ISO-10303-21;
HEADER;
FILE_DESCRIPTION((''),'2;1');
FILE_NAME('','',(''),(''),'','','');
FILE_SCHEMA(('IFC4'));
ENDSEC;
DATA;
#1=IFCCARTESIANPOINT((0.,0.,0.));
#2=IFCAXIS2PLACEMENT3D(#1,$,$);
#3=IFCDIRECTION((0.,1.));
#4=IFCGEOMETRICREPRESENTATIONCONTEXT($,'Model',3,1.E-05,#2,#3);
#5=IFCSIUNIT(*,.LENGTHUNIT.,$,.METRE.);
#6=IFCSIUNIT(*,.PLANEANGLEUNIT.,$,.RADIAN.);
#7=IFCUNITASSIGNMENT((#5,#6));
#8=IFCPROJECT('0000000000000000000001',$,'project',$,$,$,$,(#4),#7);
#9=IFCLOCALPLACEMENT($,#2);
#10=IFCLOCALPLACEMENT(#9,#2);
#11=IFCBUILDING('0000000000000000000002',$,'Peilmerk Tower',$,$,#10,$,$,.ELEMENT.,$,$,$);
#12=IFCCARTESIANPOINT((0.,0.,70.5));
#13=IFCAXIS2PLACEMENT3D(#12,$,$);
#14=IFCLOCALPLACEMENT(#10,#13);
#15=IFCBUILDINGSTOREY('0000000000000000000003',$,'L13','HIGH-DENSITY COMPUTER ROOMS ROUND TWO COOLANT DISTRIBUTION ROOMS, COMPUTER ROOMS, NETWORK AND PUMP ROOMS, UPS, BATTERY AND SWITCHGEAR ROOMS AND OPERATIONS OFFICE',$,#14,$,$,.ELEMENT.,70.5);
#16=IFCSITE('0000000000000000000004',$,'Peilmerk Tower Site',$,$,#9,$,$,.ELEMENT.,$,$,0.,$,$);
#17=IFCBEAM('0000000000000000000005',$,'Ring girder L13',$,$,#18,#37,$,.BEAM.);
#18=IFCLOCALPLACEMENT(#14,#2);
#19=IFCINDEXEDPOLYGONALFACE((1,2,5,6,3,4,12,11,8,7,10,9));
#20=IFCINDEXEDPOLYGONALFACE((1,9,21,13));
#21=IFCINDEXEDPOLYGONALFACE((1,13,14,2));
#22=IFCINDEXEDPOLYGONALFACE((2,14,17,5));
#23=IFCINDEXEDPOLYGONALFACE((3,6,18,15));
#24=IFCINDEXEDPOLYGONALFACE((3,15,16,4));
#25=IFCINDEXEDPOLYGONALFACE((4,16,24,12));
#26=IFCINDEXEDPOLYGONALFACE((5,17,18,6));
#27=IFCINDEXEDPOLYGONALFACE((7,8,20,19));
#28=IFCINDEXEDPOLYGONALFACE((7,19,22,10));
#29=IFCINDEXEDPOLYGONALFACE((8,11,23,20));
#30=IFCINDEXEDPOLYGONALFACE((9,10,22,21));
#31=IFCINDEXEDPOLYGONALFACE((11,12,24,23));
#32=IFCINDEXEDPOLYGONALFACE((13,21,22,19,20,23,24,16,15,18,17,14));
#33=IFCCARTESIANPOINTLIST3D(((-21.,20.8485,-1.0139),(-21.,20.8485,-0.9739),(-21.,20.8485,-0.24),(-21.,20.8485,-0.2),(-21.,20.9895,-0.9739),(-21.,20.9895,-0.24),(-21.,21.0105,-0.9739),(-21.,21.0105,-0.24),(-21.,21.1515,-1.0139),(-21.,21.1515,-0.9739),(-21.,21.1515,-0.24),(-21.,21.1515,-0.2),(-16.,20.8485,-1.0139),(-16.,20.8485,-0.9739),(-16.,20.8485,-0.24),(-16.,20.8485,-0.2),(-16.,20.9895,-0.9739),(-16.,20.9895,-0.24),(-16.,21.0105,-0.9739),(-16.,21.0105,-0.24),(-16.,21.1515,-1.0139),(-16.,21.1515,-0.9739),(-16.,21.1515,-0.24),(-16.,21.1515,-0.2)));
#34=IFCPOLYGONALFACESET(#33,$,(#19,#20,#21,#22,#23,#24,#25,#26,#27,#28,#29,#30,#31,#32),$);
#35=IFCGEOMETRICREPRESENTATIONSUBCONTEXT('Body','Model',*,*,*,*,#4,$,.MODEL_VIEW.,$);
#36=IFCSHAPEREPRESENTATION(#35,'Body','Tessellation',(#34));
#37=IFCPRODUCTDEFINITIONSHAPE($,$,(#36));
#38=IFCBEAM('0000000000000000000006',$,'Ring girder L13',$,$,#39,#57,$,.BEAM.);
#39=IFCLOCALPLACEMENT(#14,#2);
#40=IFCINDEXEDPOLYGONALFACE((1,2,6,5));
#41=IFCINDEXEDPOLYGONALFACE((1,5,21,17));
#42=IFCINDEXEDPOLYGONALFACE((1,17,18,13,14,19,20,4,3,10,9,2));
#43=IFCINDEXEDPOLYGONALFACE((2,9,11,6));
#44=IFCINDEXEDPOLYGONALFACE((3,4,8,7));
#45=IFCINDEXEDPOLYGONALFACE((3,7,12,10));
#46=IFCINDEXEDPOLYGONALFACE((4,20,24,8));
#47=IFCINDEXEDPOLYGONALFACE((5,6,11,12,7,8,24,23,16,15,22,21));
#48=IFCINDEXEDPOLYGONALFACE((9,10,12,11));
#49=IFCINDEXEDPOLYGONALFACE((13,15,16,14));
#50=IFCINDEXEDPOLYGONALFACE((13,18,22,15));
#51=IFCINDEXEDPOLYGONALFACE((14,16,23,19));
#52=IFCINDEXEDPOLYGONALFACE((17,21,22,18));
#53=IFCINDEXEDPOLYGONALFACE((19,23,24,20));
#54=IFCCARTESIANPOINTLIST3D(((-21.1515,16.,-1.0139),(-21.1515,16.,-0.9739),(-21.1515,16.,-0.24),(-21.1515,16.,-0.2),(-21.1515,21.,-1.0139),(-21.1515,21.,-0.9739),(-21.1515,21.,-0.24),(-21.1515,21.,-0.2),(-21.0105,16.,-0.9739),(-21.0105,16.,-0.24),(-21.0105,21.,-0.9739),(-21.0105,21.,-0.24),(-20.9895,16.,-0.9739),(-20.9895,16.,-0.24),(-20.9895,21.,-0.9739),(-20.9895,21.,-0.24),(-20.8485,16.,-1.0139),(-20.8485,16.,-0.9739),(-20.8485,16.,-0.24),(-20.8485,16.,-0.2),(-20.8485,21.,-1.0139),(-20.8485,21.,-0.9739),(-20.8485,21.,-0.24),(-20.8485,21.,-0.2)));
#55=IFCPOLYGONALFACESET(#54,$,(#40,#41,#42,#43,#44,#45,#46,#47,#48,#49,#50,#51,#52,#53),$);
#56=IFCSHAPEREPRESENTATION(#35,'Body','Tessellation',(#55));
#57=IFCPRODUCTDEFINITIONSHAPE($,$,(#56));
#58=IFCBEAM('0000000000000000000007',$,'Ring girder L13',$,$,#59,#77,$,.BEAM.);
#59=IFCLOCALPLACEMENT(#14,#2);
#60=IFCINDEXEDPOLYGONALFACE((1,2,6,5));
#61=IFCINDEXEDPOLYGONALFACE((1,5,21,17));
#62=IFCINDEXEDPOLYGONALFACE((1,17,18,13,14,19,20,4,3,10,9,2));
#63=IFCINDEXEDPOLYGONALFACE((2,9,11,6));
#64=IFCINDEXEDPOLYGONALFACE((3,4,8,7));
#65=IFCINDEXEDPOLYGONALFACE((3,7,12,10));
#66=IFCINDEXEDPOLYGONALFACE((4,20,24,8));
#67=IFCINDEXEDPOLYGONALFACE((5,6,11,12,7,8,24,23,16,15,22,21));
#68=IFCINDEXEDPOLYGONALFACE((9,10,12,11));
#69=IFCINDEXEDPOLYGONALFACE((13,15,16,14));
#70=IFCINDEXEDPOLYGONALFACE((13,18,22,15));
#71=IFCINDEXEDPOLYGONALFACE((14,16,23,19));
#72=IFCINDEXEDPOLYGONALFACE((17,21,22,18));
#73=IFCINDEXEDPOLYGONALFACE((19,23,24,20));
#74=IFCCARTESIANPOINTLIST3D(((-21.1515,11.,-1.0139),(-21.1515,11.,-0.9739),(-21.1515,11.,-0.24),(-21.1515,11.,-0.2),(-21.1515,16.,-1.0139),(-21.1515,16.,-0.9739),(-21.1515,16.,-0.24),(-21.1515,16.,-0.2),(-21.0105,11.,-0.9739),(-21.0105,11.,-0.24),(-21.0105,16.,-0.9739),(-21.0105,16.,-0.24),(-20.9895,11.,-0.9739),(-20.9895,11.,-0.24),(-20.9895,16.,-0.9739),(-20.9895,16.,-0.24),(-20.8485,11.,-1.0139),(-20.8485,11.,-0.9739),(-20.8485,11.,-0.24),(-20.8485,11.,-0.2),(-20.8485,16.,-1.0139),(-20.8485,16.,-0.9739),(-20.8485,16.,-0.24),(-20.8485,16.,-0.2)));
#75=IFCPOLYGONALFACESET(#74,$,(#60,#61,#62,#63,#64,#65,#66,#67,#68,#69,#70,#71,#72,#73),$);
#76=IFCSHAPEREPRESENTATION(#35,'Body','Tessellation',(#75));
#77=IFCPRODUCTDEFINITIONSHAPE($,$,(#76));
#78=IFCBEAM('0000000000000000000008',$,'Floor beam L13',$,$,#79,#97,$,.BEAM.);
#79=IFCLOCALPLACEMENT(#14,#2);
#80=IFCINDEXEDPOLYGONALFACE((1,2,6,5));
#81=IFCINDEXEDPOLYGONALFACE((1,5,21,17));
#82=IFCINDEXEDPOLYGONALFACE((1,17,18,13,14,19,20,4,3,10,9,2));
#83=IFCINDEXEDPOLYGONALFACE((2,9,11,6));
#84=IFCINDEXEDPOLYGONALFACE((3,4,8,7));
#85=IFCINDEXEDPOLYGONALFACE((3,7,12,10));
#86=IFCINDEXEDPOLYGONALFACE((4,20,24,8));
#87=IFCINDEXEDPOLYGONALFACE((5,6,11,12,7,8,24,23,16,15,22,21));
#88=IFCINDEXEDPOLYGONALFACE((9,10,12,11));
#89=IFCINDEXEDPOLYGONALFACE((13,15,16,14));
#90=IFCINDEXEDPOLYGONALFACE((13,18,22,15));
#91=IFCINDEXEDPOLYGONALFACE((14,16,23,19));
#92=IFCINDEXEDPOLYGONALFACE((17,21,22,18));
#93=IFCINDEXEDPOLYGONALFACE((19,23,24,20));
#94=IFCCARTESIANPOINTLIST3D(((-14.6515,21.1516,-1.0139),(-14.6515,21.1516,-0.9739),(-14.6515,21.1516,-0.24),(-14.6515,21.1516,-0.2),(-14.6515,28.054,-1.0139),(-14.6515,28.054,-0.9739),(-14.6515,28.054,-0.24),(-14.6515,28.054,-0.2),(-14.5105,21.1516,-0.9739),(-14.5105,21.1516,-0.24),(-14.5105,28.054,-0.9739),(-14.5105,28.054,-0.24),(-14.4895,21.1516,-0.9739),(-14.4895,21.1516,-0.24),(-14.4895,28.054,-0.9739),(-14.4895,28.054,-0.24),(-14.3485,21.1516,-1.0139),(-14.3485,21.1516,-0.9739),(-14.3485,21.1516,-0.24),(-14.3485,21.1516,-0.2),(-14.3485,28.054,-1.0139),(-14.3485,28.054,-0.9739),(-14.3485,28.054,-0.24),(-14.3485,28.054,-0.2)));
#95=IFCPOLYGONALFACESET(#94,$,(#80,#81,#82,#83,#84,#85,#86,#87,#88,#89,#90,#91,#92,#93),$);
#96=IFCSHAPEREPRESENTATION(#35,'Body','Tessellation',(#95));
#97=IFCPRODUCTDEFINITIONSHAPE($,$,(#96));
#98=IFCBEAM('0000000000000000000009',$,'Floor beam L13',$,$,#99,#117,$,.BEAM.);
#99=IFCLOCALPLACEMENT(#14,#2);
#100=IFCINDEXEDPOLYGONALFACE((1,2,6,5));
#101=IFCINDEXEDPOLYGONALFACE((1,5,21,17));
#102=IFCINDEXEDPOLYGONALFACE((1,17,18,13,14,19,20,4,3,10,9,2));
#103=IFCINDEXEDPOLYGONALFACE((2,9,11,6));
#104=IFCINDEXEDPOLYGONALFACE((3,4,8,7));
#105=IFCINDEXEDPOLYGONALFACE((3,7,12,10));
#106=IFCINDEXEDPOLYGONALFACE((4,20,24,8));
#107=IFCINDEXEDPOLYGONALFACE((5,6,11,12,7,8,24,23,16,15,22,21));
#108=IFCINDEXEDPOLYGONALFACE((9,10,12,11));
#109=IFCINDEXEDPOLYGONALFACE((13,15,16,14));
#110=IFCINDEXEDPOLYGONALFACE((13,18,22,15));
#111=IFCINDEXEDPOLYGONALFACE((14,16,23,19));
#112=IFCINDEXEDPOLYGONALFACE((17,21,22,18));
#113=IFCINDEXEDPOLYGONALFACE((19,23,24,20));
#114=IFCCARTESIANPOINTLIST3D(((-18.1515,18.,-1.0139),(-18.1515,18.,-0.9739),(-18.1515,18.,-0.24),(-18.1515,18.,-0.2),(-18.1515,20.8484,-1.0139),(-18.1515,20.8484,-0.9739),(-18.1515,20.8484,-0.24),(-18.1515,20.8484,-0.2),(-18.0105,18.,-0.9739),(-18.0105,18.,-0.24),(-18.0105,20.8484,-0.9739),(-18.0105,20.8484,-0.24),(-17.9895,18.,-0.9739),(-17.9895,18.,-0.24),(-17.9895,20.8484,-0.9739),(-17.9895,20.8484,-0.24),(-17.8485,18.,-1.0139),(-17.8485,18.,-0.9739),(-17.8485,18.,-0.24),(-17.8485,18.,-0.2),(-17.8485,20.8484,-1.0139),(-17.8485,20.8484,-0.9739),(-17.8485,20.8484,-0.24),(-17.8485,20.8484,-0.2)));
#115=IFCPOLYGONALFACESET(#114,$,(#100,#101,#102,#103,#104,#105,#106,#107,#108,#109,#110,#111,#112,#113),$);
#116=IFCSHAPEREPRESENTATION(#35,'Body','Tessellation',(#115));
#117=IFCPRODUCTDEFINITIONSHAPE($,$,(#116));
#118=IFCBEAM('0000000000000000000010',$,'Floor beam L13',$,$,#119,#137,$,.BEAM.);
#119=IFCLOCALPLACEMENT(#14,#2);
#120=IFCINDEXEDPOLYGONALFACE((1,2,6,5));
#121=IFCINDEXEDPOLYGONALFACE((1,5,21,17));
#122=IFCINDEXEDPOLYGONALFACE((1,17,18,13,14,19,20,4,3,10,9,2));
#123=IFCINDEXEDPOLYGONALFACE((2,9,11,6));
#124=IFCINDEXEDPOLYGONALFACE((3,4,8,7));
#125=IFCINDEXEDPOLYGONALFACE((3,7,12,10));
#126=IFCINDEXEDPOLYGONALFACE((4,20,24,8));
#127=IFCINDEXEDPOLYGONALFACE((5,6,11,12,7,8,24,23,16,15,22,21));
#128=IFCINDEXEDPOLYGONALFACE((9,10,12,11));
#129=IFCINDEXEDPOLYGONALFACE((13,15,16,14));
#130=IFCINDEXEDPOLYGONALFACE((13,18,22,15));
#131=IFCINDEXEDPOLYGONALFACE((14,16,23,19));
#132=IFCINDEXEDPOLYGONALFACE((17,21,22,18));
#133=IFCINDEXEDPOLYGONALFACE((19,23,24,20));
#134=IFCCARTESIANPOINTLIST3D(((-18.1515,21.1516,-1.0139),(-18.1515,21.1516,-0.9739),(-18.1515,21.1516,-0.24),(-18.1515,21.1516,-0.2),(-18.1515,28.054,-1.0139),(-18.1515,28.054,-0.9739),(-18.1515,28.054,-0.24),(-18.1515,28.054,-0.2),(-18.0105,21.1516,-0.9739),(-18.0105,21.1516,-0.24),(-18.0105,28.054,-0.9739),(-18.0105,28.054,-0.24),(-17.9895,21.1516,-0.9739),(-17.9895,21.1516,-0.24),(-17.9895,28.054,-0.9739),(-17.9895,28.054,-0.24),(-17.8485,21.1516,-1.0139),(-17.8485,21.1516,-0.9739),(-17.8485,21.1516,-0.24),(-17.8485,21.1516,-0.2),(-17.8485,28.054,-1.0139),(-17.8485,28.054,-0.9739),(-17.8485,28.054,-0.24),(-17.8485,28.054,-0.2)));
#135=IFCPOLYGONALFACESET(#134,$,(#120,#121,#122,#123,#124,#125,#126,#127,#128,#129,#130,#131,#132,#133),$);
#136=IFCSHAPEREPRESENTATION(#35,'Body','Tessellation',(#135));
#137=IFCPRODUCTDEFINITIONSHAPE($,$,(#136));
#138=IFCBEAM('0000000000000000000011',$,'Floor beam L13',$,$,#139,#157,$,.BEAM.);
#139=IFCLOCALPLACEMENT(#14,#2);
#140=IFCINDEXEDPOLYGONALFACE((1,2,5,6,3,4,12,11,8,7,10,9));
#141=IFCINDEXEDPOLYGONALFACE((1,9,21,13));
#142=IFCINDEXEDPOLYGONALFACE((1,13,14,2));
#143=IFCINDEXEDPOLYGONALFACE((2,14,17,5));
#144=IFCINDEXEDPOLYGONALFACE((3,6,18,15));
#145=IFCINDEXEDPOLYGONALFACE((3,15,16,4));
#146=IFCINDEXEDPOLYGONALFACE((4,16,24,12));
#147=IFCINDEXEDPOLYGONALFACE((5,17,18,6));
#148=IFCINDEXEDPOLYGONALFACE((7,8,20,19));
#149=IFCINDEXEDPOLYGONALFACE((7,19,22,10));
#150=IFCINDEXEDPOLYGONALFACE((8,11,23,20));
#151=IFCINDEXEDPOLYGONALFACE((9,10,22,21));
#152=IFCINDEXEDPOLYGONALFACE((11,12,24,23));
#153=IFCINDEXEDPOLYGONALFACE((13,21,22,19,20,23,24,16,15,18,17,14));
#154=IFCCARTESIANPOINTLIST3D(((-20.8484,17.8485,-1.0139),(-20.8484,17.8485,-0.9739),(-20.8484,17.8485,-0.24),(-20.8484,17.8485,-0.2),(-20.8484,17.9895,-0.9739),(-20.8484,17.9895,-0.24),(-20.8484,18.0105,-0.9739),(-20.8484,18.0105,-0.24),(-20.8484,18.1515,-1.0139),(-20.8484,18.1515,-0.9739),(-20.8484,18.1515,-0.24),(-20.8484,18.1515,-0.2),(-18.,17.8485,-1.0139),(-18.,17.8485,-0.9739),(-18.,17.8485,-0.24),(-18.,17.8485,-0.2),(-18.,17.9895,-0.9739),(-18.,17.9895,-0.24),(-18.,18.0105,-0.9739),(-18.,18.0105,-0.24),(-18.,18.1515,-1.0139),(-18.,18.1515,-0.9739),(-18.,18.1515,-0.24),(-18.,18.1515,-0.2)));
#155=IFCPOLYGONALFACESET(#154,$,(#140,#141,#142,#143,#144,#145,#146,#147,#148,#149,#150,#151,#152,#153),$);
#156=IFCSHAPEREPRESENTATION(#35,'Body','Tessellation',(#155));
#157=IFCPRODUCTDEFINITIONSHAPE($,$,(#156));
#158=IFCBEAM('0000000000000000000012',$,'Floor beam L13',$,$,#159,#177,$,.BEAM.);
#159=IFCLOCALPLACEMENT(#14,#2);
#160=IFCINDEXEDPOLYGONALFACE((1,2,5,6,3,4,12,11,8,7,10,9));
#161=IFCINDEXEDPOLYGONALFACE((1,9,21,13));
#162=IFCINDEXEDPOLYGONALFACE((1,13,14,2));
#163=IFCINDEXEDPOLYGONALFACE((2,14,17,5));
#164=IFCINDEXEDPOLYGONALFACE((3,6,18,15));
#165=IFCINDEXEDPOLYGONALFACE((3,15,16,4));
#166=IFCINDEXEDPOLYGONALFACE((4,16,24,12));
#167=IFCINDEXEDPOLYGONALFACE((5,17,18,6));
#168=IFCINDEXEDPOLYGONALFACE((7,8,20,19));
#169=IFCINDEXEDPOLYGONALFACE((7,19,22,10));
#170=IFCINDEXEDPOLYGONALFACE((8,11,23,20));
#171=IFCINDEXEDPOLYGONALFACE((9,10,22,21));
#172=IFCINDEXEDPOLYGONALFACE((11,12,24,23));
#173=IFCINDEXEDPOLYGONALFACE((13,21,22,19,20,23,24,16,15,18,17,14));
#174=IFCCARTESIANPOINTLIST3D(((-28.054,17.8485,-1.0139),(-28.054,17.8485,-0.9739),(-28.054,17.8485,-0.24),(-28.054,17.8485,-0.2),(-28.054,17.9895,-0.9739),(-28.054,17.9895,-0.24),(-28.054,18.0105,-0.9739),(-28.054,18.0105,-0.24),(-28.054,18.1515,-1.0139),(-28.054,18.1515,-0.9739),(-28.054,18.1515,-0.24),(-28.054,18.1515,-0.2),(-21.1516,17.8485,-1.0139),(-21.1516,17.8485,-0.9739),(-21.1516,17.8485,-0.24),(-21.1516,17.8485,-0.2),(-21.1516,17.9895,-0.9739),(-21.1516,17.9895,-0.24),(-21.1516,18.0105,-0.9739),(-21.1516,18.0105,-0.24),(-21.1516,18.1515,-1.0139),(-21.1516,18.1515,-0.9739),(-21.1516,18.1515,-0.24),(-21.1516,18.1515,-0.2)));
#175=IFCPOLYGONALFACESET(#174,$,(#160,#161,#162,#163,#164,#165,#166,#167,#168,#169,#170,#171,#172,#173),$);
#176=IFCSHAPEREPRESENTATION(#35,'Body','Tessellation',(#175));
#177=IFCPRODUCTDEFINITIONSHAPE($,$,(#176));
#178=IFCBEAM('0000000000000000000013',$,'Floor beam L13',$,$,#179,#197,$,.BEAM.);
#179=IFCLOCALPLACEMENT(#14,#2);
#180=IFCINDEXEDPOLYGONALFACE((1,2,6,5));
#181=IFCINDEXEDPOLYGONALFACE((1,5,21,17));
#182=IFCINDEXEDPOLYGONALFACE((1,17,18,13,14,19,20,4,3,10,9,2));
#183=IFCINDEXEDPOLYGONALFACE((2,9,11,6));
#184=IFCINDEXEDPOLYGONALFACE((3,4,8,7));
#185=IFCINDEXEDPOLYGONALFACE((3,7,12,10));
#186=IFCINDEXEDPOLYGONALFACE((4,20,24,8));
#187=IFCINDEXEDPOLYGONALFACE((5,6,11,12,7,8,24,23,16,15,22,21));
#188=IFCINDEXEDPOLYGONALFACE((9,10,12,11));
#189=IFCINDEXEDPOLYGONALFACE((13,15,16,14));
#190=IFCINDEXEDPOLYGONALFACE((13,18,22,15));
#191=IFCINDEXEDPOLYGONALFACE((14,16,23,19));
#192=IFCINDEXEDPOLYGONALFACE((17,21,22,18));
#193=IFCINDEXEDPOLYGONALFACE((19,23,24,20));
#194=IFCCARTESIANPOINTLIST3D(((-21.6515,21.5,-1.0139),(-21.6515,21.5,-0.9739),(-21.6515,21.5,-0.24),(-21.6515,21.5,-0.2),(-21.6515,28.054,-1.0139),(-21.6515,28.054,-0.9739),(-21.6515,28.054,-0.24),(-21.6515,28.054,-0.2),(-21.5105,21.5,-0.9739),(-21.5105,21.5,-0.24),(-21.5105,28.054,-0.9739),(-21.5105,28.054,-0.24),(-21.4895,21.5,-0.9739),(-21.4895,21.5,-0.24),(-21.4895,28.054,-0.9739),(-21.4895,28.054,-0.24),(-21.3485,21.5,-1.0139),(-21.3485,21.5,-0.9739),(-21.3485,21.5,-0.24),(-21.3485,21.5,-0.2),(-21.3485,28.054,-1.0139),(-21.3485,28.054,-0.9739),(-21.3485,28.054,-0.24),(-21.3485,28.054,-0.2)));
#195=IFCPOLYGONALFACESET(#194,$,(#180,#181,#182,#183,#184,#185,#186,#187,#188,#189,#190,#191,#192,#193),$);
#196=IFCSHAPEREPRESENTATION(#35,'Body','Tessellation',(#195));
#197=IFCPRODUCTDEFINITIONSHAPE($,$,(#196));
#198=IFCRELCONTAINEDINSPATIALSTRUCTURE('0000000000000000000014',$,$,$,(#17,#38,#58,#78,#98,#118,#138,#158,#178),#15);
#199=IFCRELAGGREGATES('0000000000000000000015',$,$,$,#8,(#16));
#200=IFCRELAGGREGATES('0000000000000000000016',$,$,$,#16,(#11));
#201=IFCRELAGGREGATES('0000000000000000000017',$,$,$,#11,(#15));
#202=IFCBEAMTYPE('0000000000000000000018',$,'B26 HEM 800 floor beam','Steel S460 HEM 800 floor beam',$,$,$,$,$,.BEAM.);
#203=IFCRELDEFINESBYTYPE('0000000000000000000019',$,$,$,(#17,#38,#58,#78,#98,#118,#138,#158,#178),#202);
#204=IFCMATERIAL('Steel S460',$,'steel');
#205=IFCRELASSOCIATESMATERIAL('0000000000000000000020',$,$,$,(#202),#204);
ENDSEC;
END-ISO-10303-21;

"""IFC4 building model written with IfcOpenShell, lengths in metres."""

from ifc_helpers import new_model, si_unit, direction, frame, origin, origin_2d, place, context, subcontext, project, spatial, i_section, extrude, material, material_profile, profile_set, type_object, element, save


model = new_model("IFC4")

# Units and contexts
model_context = context("Model", 3, precision=1e-05, world=origin(), true_north=direction((0.0, 1.0)))
body_context = subcontext(model_context, "Body", "Model", "MODEL_VIEW")
ifc_project = project(units=[si_unit("LENGTHUNIT", "METRE"), si_unit("PLANEANGLEUNIT", "RADIAN")], contexts=[model_context])

# Site, building, storey
site_placement = place(None, origin())
site = spatial("IfcSite", under=ifc_project, at=site_placement, Name="Peilmerk Tower Site", CompositionType="ELEMENT", RefElevation=0.0)
building_placement = place(site_placement, origin())
building = spatial("IfcBuilding", under=site, at=building_placement, Name="Peilmerk Tower", CompositionType="ELEMENT")
storey_placement = place(building_placement, frame((0.0, 0.0, 70.5)))
storey = spatial("IfcBuildingStorey", under=building, at=storey_placement, Name="L13", Description="HIGH-DENSITY COMPUTER ROOMS ROUND TWO COOLANT DISTRIBUTION ROOMS, COMPUTER ROOMS, NETWORK AND PUMP ROOMS, UPS, BATTERY AND SWITCHGEAR ROOMS AND OPERATIONS OFFICE", CompositionType="ELEMENT", Elevation=70.5)

# Beams
ifc_material_1 = material(Name="Steel S460", Category="steel")
ifc_material_profile_1 = material_profile(ifc_material_1, i_section(OverallWidth=0.303, OverallDepth=0.814, WebThickness=0.021, FlangeThickness=0.04, at=origin_2d()), Name="HEM 800")
ifc_profile_set_1 = profile_set([ifc_material_profile_1], Name="Steel S460")
beam_type_1 = type_object("IfcBeamType", Name="B26 HEM 800 floor beam", Description="Steel S460 HEM 800 floor beam", PredefinedType="BEAM", material=ifc_profile_set_1)
for number, where, z_axis, x_axis, name in (
    (1, (-16.0, 21.0, -0.6069), (-1.0, 0.0, 0.0), (0.0, -1.0, 0.0), "Ring girder L13"),
    (2, (-21.0, 21.0, -0.6069), (0.0, -1.0, 0.0), (1.0, 0.0, 0.0), "Ring girder L13"),
    (3, (-21.0, 16.0, -0.6069), (0.0, -1.0, 0.0), (1.0, 0.0, 0.0), "Ring girder L13"),
):
    element("IfcBeam", number, at=place(storey_placement, frame(where, z_axis=z_axis, x_axis=x_axis)), inside=storey, type_object=beam_type_1, Name=name, PredefinedType="BEAM", context=body_context, shape_type="SweptSolid", body=[
        extrude(i_section(OverallWidth=0.303, OverallDepth=0.814, WebThickness=0.021, FlangeThickness=0.04, at=origin_2d()), origin(), (0.0, 0.0, 1.0), 5.0),
    ])
beam_1_placement = place(storey_placement, frame((-14.5, 21.1516, -0.6069), z_axis=(0.0, 1.0, 0.0), x_axis=(-1.0, 0.0, 0.0)))
element("IfcBeam", 4, at=beam_1_placement, inside=storey, type_object=beam_type_1, Name="Floor beam L13", PredefinedType="BEAM", context=body_context, shape_type="SweptSolid", body=[
    extrude(i_section(OverallWidth=0.303, OverallDepth=0.814, WebThickness=0.021, FlangeThickness=0.04, at=origin_2d()), origin(), (0.0, 0.0, 1.0), 6.9023),
])
beam_2_placement = place(storey_placement, frame((-18.0, 18.0, -0.6069), z_axis=(0.0, 1.0, 0.0), x_axis=(-1.0, 0.0, 0.0)))
element("IfcBeam", 5, at=beam_2_placement, inside=storey, type_object=beam_type_1, Name="Floor beam L13", PredefinedType="BEAM", context=body_context, shape_type="SweptSolid", body=[
    extrude(i_section(OverallWidth=0.303, OverallDepth=0.814, WebThickness=0.021, FlangeThickness=0.04, at=origin_2d()), origin(), (0.0, 0.0, 1.0), 2.8484),
])
beam_3_placement = place(storey_placement, frame((-18.0, 21.1516, -0.6069), z_axis=(0.0, 1.0, 0.0), x_axis=(-1.0, 0.0, 0.0)))
element("IfcBeam", 6, at=beam_3_placement, inside=storey, type_object=beam_type_1, Name="Floor beam L13", PredefinedType="BEAM", context=body_context, shape_type="SweptSolid", body=[
    extrude(i_section(OverallWidth=0.303, OverallDepth=0.814, WebThickness=0.021, FlangeThickness=0.04, at=origin_2d()), origin(), (0.0, 0.0, 1.0), 6.9023),
])
beam_4_placement = place(storey_placement, frame((-18.0, 18.0, -0.6069), z_axis=(-1.0, 0.0, 0.0), x_axis=(0.0, -1.0, 0.0)))
element("IfcBeam", 7, at=beam_4_placement, inside=storey, type_object=beam_type_1, Name="Floor beam L13", PredefinedType="BEAM", context=body_context, shape_type="SweptSolid", body=[
    extrude(i_section(OverallWidth=0.303, OverallDepth=0.814, WebThickness=0.021, FlangeThickness=0.04, at=origin_2d()), origin(), (0.0, 0.0, 1.0), 2.8484),
])
beam_5_placement = place(storey_placement, frame((-21.1516, 18.0, -0.6069), z_axis=(-1.0, 0.0, 0.0), x_axis=(0.0, -1.0, 0.0)))
element("IfcBeam", 8, at=beam_5_placement, inside=storey, type_object=beam_type_1, Name="Floor beam L13", PredefinedType="BEAM", context=body_context, shape_type="SweptSolid", body=[
    extrude(i_section(OverallWidth=0.303, OverallDepth=0.814, WebThickness=0.021, FlangeThickness=0.04, at=origin_2d()), origin(), (0.0, 0.0, 1.0), 6.9023),
])
for number, where, z_axis, x_axis, name in (
    (9, (-21.5, 21.5, -0.6069), (0.0, 1.0, 0.0), (-1.0, 0.0, 0.0), "Floor beam L13"),
):
    element("IfcBeam", number, at=place(storey_placement, frame(where, z_axis=z_axis, x_axis=x_axis)), inside=storey, type_object=beam_type_1, Name=name, PredefinedType="BEAM", context=body_context, shape_type="SweptSolid", body=[
        extrude(i_section(OverallWidth=0.303, OverallDepth=0.814, WebThickness=0.021, FlangeThickness=0.04, at=origin_2d()), origin(), (0.0, 0.0, 1.0), 6.554),
    ])

save(model, "model.ifc")
